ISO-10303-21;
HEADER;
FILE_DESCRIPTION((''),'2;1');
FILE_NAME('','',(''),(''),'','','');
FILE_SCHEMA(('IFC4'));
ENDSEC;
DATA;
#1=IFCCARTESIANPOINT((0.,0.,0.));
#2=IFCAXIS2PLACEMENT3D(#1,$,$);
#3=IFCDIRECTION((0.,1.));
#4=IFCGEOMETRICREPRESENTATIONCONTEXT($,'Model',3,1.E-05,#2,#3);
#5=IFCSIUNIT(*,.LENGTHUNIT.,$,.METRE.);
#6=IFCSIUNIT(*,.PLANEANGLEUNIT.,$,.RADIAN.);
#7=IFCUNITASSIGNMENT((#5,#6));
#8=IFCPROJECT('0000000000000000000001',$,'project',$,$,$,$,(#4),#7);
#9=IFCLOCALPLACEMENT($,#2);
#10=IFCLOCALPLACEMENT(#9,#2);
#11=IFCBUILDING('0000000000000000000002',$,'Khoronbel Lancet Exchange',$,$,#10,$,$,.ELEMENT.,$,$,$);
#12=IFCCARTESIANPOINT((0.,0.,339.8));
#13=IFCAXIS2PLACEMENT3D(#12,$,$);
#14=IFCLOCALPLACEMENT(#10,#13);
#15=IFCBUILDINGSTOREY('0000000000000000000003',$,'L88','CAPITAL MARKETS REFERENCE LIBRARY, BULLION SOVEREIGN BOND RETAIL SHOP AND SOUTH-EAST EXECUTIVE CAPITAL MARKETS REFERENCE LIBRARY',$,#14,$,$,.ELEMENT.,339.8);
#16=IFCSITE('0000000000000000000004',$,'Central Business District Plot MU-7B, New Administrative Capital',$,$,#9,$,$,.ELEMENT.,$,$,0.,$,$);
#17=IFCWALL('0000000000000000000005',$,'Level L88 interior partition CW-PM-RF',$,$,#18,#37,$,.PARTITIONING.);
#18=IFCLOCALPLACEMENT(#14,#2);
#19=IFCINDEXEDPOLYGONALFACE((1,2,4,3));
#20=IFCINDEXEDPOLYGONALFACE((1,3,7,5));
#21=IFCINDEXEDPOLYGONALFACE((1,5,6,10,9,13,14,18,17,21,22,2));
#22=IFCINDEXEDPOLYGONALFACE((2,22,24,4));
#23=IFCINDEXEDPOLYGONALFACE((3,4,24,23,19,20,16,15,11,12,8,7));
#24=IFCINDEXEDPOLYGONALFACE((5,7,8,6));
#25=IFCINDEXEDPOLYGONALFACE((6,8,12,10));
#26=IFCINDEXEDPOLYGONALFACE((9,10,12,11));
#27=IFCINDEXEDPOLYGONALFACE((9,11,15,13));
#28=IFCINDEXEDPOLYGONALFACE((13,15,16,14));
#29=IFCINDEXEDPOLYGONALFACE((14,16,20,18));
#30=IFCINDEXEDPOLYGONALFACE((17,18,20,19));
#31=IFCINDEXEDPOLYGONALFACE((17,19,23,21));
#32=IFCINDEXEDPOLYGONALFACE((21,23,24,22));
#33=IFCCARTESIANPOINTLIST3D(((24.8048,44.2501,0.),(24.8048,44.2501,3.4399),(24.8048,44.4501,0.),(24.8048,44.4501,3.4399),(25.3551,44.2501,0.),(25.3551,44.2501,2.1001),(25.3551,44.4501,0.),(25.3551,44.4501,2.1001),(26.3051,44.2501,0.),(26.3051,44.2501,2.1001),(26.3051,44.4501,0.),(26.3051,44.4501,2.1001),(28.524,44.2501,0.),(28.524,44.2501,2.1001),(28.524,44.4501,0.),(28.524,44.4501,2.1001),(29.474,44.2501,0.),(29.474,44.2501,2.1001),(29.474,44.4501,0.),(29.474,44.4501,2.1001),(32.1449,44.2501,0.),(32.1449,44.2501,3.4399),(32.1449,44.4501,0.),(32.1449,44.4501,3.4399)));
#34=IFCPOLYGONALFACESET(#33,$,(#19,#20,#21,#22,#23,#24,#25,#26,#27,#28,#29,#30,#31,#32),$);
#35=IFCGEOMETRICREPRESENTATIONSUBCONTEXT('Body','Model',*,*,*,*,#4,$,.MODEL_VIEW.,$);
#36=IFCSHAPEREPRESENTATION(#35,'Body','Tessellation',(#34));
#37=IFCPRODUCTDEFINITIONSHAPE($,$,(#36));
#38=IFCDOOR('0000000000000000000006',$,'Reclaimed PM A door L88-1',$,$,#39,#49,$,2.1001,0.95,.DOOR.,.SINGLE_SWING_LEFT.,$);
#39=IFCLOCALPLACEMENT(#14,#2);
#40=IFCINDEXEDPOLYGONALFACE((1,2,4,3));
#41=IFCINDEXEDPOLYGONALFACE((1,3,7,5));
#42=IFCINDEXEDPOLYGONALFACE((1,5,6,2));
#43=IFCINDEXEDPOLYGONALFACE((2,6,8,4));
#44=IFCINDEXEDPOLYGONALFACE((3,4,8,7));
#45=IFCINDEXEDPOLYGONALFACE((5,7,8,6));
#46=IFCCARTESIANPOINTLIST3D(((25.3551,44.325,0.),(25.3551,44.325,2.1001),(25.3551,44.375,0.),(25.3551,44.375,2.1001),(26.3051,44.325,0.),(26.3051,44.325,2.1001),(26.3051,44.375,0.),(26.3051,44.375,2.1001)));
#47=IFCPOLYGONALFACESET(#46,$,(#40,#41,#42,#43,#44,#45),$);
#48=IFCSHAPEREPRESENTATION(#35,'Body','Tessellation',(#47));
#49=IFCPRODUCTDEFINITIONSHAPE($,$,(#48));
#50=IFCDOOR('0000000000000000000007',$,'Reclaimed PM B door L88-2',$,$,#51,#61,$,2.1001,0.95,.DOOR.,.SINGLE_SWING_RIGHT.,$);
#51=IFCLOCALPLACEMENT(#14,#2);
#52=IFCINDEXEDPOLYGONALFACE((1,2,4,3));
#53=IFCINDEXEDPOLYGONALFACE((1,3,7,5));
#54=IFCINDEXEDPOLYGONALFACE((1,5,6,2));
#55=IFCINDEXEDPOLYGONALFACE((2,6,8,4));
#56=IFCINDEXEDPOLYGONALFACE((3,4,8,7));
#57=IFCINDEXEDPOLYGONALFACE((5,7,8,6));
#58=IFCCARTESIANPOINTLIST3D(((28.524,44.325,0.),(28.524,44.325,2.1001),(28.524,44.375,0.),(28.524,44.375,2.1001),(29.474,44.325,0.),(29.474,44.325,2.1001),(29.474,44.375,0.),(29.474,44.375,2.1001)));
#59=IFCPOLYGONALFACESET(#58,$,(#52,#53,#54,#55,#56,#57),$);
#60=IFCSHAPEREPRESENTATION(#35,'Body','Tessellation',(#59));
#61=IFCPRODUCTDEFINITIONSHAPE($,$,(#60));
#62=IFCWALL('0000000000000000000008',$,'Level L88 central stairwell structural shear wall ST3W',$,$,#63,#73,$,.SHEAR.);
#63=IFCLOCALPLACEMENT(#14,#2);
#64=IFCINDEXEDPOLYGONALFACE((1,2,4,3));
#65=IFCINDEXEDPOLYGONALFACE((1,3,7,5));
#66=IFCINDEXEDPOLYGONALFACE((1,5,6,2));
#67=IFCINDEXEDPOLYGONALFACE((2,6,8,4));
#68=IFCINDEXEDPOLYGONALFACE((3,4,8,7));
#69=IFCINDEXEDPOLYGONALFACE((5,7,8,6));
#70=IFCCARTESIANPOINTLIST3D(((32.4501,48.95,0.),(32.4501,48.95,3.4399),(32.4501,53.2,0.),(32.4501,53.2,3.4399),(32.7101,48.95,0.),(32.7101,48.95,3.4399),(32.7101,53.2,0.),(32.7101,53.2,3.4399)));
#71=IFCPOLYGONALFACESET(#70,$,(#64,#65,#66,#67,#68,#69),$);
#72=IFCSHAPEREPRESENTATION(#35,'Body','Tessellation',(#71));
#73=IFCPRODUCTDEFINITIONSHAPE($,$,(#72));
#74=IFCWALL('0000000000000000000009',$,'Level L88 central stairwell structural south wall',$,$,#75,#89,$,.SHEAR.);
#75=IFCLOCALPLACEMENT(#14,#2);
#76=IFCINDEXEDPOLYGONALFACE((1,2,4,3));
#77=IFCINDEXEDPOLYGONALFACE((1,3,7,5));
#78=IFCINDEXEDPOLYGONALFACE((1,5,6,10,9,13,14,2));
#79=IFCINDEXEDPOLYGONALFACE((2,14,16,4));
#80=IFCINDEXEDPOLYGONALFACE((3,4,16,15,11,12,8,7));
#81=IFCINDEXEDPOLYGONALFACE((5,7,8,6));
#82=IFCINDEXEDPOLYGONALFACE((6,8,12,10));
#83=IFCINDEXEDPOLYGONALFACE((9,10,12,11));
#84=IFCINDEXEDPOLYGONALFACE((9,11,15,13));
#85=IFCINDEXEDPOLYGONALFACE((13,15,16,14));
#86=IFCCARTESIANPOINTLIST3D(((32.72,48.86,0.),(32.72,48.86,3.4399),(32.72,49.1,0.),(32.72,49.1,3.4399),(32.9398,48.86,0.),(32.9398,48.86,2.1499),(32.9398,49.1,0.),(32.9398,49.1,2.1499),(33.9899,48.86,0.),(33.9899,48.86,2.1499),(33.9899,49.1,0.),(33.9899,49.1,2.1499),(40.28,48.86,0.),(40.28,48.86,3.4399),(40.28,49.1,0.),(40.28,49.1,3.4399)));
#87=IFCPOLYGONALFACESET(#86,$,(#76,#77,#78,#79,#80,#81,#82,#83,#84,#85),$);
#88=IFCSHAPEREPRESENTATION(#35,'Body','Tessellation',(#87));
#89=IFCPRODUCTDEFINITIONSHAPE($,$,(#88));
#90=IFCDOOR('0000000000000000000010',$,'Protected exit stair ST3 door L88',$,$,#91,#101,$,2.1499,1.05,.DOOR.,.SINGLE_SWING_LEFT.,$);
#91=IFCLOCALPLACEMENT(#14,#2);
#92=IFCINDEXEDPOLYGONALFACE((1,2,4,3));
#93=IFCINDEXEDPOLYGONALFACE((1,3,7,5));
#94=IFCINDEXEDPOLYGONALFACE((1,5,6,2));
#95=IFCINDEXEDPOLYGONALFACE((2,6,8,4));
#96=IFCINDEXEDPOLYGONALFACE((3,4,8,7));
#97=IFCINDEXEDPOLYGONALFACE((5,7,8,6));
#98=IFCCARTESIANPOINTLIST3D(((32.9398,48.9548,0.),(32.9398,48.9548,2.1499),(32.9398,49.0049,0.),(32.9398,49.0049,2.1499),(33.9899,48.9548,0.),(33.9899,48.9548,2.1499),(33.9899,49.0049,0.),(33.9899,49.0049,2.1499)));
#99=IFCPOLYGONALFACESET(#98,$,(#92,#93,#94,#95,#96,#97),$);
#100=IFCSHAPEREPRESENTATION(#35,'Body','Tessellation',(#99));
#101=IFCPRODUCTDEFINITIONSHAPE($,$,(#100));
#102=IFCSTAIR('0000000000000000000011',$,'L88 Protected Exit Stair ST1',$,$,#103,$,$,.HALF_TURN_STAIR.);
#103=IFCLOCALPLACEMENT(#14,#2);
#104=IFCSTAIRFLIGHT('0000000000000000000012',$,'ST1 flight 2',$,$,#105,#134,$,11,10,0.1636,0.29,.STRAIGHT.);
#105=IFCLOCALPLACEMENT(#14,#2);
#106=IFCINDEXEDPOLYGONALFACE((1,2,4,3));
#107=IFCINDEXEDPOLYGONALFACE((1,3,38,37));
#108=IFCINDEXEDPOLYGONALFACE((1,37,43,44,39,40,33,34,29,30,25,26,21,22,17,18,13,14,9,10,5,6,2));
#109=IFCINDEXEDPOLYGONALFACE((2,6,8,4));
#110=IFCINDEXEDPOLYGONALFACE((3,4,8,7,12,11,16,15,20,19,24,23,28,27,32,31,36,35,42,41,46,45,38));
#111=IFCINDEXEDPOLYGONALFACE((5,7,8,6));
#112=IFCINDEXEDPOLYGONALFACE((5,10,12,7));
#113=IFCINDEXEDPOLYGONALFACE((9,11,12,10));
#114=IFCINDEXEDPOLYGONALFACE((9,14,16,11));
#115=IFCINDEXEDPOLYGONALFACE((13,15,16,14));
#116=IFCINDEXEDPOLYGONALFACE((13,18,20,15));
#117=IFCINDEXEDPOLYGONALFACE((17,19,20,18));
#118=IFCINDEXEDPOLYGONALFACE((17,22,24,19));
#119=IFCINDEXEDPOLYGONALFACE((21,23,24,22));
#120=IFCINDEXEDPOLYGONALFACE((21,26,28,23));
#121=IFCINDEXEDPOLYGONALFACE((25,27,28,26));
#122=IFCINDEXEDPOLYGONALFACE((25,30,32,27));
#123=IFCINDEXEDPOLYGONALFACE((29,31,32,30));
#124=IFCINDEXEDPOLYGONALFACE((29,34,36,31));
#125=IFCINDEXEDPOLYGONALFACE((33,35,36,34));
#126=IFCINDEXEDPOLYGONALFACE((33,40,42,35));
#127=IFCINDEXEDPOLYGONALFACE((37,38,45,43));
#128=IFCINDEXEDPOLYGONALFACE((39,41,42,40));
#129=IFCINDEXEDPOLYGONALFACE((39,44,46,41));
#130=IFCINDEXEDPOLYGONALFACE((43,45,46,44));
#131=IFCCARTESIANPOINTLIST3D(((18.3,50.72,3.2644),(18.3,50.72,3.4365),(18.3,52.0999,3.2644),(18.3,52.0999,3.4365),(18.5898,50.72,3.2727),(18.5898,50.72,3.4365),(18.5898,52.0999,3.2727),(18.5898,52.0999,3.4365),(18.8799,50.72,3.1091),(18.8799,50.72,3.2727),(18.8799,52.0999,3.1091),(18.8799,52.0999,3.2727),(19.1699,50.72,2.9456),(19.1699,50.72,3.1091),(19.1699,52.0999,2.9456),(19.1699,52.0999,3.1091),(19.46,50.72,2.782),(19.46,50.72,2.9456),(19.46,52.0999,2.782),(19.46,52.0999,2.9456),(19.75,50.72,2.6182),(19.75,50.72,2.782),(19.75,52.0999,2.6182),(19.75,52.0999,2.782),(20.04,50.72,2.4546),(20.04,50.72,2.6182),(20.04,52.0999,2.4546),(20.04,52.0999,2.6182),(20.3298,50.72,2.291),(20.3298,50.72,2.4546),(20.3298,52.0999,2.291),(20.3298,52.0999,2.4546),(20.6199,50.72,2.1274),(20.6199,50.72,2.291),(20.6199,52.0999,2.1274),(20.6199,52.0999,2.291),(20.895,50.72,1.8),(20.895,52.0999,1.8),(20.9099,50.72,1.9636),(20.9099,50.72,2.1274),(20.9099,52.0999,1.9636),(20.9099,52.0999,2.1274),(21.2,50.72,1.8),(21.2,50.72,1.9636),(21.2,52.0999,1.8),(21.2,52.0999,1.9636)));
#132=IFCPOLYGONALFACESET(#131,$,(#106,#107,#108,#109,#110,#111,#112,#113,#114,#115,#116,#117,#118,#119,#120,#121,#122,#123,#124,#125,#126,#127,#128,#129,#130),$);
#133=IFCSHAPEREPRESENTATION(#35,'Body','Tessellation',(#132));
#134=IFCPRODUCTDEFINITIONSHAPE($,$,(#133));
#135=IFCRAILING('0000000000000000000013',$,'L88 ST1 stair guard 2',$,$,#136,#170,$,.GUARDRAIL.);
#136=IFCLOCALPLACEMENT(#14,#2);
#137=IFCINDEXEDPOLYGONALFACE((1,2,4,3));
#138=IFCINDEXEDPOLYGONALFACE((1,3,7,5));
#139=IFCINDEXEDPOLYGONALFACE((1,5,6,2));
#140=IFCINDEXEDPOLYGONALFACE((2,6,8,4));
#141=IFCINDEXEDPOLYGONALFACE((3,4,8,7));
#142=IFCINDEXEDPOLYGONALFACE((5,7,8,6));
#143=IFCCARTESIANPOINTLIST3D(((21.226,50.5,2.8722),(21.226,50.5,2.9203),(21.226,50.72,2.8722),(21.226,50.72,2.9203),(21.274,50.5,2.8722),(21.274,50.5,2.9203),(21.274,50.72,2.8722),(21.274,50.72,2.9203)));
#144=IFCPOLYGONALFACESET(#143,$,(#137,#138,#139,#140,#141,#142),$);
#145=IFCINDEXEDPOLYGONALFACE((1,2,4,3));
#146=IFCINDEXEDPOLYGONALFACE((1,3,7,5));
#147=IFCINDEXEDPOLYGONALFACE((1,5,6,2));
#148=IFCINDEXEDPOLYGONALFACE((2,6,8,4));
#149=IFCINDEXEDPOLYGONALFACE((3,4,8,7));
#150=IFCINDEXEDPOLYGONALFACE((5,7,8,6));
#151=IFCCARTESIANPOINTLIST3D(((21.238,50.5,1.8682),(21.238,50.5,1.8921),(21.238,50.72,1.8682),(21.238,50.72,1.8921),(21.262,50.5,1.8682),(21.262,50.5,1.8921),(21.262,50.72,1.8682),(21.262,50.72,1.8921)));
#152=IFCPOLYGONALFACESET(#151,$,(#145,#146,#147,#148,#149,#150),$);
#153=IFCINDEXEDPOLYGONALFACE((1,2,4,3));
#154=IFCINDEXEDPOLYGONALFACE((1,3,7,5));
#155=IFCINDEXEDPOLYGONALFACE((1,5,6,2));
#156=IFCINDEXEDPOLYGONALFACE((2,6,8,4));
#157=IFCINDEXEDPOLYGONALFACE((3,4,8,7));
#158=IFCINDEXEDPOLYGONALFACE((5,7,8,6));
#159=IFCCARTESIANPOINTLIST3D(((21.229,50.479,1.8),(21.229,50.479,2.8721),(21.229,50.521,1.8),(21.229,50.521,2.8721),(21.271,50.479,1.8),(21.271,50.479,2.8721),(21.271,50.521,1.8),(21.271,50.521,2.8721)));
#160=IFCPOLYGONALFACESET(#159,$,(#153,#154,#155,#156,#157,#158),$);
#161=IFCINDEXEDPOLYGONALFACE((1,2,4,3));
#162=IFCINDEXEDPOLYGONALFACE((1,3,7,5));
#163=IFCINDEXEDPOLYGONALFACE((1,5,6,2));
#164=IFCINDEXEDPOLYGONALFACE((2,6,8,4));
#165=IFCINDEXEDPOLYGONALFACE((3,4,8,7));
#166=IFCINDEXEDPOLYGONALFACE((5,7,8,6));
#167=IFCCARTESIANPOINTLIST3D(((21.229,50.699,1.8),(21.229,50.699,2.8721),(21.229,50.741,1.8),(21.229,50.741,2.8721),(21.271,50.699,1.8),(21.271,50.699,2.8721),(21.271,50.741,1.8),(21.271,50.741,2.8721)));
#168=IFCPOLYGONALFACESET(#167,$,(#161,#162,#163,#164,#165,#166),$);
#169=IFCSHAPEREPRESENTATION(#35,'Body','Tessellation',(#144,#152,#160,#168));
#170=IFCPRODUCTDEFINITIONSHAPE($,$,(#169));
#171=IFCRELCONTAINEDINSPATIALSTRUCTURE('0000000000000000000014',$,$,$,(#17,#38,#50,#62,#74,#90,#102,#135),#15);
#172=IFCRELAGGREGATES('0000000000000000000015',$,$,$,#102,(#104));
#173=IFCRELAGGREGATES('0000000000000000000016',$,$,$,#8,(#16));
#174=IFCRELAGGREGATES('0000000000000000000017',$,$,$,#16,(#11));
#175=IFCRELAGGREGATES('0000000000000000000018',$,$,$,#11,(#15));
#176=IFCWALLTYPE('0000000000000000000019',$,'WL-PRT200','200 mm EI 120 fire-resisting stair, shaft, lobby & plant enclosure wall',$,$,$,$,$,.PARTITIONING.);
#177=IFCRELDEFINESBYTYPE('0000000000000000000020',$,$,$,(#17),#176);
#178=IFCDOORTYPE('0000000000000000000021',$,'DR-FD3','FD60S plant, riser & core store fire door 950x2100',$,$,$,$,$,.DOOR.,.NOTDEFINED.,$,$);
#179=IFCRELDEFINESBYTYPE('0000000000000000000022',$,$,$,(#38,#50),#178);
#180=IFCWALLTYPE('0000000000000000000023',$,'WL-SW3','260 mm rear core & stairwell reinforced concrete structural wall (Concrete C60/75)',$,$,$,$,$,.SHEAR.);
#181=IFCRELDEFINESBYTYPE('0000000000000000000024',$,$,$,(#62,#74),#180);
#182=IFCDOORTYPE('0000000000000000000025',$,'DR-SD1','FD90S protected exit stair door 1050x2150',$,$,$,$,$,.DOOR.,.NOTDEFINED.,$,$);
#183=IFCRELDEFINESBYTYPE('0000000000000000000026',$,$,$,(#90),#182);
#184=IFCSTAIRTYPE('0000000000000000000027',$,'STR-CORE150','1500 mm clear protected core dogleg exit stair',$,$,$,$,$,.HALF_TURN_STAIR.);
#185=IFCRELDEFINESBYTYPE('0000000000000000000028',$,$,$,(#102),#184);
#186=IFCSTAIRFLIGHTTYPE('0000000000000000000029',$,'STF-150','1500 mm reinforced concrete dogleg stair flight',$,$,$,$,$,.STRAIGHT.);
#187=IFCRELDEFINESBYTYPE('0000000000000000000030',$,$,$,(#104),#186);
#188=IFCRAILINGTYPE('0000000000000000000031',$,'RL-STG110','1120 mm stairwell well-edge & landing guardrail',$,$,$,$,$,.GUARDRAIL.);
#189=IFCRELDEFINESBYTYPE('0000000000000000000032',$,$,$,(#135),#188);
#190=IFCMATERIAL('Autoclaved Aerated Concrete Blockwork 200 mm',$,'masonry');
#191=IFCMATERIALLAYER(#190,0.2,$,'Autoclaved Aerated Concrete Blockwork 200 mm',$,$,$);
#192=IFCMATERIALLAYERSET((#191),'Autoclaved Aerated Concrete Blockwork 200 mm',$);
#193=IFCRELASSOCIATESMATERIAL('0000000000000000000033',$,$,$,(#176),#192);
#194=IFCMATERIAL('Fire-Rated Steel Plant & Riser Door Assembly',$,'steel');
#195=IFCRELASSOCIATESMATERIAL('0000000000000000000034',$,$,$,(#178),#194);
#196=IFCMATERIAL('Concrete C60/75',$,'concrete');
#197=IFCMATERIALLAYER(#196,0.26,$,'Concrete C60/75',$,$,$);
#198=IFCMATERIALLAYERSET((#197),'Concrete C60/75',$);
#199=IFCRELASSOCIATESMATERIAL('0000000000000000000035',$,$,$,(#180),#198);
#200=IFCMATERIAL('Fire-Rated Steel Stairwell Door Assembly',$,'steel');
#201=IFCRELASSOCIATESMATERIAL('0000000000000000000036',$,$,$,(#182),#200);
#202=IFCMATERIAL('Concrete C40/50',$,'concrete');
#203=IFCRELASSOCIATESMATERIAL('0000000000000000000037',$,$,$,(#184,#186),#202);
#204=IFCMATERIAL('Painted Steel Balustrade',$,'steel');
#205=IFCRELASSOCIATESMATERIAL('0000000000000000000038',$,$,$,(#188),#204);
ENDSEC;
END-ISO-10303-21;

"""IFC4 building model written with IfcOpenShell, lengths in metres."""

from ifc_helpers import new_model, si_unit, direction, frame, frame_2d, origin, origin_2d, place, context, subcontext, project, spatial, polyline, rectangle, outline, extrude, material, layer, layer_set, type_object, element, fill, aggregate, save


model = new_model("IFC4")

# Units and contexts
model_context = context("Model", 3, precision=1e-05, world=origin(), true_north=direction((0.0, 1.0)))
body_context = subcontext(model_context, "Body", "Model", "MODEL_VIEW")
ifc_project = project(units=[si_unit("LENGTHUNIT", "METRE"), si_unit("PLANEANGLEUNIT", "RADIAN")], contexts=[model_context])

# Site, building, storey
site_placement = place(None, origin())
site = spatial("IfcSite", under=ifc_project, at=site_placement, Name="Central Business District Plot MU-7B, New Administrative Capital", CompositionType="ELEMENT", RefElevation=0.0)
building_placement = place(site_placement, origin())
building = spatial("IfcBuilding", under=site, at=building_placement, Name="Khoronbel Lancet Exchange", CompositionType="ELEMENT")
storey_placement = place(building_placement, frame((0.0, 0.0, 339.8)))
storey = spatial("IfcBuildingStorey", under=building, at=storey_placement, Name="L88", Description="CAPITAL MARKETS REFERENCE LIBRARY, BULLION SOVEREIGN BOND RETAIL SHOP AND SOUTH-EAST EXECUTIVE CAPITAL MARKETS REFERENCE LIBRARY", CompositionType="ELEMENT", Elevation=339.8)

# Shared definitions
ifc_material_1 = material(Name="Autoclaved Aerated Concrete Blockwork 200 mm", Category="masonry")
ifc_layer_1 = layer(ifc_material_1, 0.2, Name="Autoclaved Aerated Concrete Blockwork 200 mm")
ifc_layer_set_1 = layer_set([ifc_layer_1], Name="Autoclaved Aerated Concrete Blockwork 200 mm")
wall_type_1 = type_object("IfcWallType", Name="WL-PRT200", Description="200 mm EI 120 fire-resisting stair, shaft, lobby & plant enclosure wall", PredefinedType="PARTITIONING", material=ifc_layer_set_1)

# Wall, openings, doors
ifc_material_2 = material(Name="Fire-Rated Steel Plant & Riser Door Assembly", Category="steel")
door_type_1 = type_object("IfcDoorType", Name="DR-FD3", Description="FD60S plant, riser & core store fire door 950x2100", OperationType="NOTDEFINED", PredefinedType="DOOR", material=ifc_material_2)
wall_1_placement = place(storey_placement, frame((24.8049, 44.3501, 0.0), z_axis=(0.0, 0.0, 1.0), x_axis=(1.0, 0.0, 0.0)))
wall_1 = element("IfcWall", 1, at=wall_1_placement, inside=storey, type_object=wall_type_1, Name="Level L88 interior partition CW-PM-RF", PredefinedType="PARTITIONING", context=body_context, shape_type="SweptSolid", body=[
    extrude(rectangle(XDim=7.3401, YDim=0.2, at=frame_2d((3.6699, 0.0))), origin(), (0.0, 0.0, 1.0), 3.4399),
])
opening_1_placement = place(wall_1_placement, frame((0.55, 0.0, 0.0)))
opening_1 = element("IfcOpeningElement", 2, at=opening_1_placement, cuts=wall_1, PredefinedType="OPENING", context=body_context, shape_type="SweptSolid", body=[
    extrude(rectangle(XDim=0.95, YDim=2.1001, at=frame_2d((0.4751, 1.05))), frame((0.0, 0.1099, 0.0), z_axis=(0.0, -1.0, 0.0), x_axis=(1.0, 0.0, 0.0)), (0.0, 0.0, 1.0), 0.22),
])
opening_2_placement = place(wall_1_placement, frame((3.719, 0.0, 0.0)))
opening_2 = element("IfcOpeningElement", 3, at=opening_2_placement, cuts=wall_1, PredefinedType="OPENING", context=body_context, shape_type="SweptSolid", body=[
    extrude(rectangle(XDim=0.95, YDim=2.1001, at=frame_2d((0.4751, 1.05))), frame((0.0, 0.1099, 0.0), z_axis=(0.0, -1.0, 0.0), x_axis=(1.0, 0.0, 0.0)), (0.0, 0.0, 1.0), 0.22),
])
door_1_placement = place(opening_1_placement, origin())
door_1 = element("IfcDoor", 4, at=door_1_placement, inside=storey, type_object=door_type_1, Name="Reclaimed PM A door L88-1", OperationType="SINGLE_SWING_LEFT", OverallHeight=2.1001, OverallWidth=0.95, PredefinedType="DOOR", context=body_context, shape_type="SweptSolid", body=[
    extrude(rectangle(XDim=0.95, YDim=2.1001, at=frame_2d((0.4751, 1.05))), frame((0.0, 0.0249, 0.0), z_axis=(0.0, -1.0, 0.0), x_axis=(1.0, 0.0, 0.0)), (0.0, 0.0, 1.0), 0.05),
])
fill(opening_1, door_1)
door_2_placement = place(opening_2_placement, origin())
door_2 = element("IfcDoor", 5, at=door_2_placement, inside=storey, type_object=door_type_1, Name="Reclaimed PM B door L88-2", OperationType="SINGLE_SWING_RIGHT", OverallHeight=2.1001, OverallWidth=0.95, PredefinedType="DOOR", context=body_context, shape_type="SweptSolid", body=[
    extrude(rectangle(XDim=0.95, YDim=2.1001, at=frame_2d((0.4751, 1.05))), frame((0.0, 0.0249, 0.0), z_axis=(0.0, -1.0, 0.0), x_axis=(1.0, 0.0, 0.0)), (0.0, 0.0, 1.0), 0.05),
])
fill(opening_2, door_2)

# Wall
ifc_material_3 = material(Name="Concrete C60/75", Category="concrete")
ifc_layer_2 = layer(ifc_material_3, 0.26, Name="Concrete C60/75")
ifc_layer_set_2 = layer_set([ifc_layer_2], Name="Concrete C60/75")
wall_type_2 = type_object("IfcWallType", Name="WL-SW3", Description="260 mm rear core & stairwell reinforced concrete structural wall (Concrete C60/75)", PredefinedType="SHEAR", material=ifc_layer_set_2)
wall_2_placement = place(storey_placement, frame((32.5801, 48.95, 0.0), z_axis=(0.0, 0.0, 1.0), x_axis=(0.0, 1.0, 0.0)))
element("IfcWall", 6, at=wall_2_placement, inside=storey, type_object=wall_type_2, Name="Level L88 central stairwell structural shear wall ST3W", PredefinedType="SHEAR", context=body_context, shape_type="SweptSolid", body=[
    extrude(rectangle(XDim=4.25, YDim=0.26, at=frame_2d((2.125, 0.0))), origin(), (0.0, 0.0, 1.0), 3.4399),
])

# Wall, opening, door
wall_3_placement = place(storey_placement, frame((32.72, 48.98, 0.0), z_axis=(0.0, 0.0, 1.0), x_axis=(1.0, 0.0, 0.0)))
wall_3 = element("IfcWall", 7, at=wall_3_placement, inside=storey, type_object=wall_type_2, Name="Level L88 central stairwell structural south wall", PredefinedType="SHEAR", context=body_context, shape_type="SweptSolid", body=[
    extrude(rectangle(XDim=7.5601, YDim=0.24, at=frame_2d((3.78, 0.0))), origin(), (0.0, 0.0, 1.0), 3.4399),
])
opening_3_placement = place(wall_3_placement, frame((0.22, 0.0, 0.0)))
opening_3 = element("IfcOpeningElement", 8, at=opening_3_placement, cuts=wall_3, PredefinedType="OPENING", context=body_context, shape_type="SweptSolid", body=[
    extrude(rectangle(XDim=1.05, YDim=2.1499, at=frame_2d((0.5249, 1.075))), frame((0.0, 0.1299, 0.0), z_axis=(0.0, -1.0, 0.0), x_axis=(1.0, 0.0, 0.0)), (0.0, 0.0, 1.0), 0.26),
])
ifc_material_4 = material(Name="Fire-Rated Steel Stairwell Door Assembly", Category="steel")
door_type_2 = type_object("IfcDoorType", Name="DR-SD1", Description="FD90S protected exit stair door 1050x2150", OperationType="NOTDEFINED", PredefinedType="DOOR", material=ifc_material_4)
door_3_placement = place(opening_3_placement, origin())
door_3 = element("IfcDoor", 9, at=door_3_placement, inside=storey, type_object=door_type_2, Name="Protected exit stair ST3 door L88", OperationType="SINGLE_SWING_LEFT", OverallHeight=2.1499, OverallWidth=1.05, PredefinedType="DOOR", context=body_context, shape_type="SweptSolid", body=[
    extrude(rectangle(XDim=1.05, YDim=2.1499, at=frame_2d((0.5249, 1.075))), frame((0.0, 0.0249, 0.0), z_axis=(0.0, -1.0, 0.0), x_axis=(1.0, 0.0, 0.0)), (0.0, 0.0, 1.0), 0.05),
])
fill(opening_3, door_3)

# Stair, stair flight
ifc_material_5 = material(Name="Concrete C40/50", Category="concrete")
stair_type = type_object("IfcStairType", Name="STR-CORE150", Description="1500 mm clear protected core dogleg exit stair", PredefinedType="HALF_TURN_STAIR", material=ifc_material_5)
stair_placement = place(storey_placement, origin())
stair = element("IfcStair", 10, at=stair_placement, inside=storey, type_object=stair_type, Name="L88 Protected Exit Stair ST1", PredefinedType="HALF_TURN_STAIR")
stair_flight_type = type_object("IfcStairFlightType", Name="STF-150", Description="1500 mm reinforced concrete dogleg stair flight", PredefinedType="STRAIGHT", material=ifc_material_5)
stair_flight_placement = place(storey_placement, frame((21.2, 51.4099, 1.8), z_axis=(0.0, 0.0, 1.0), x_axis=(-1.0, 0.0, 0.0)))
stair_flight = element("IfcStairFlight", 11, at=stair_flight_placement, type_object=stair_flight_type, Name="ST1 flight 2", NumberOfRisers=11, NumberOfTreads=10, PredefinedType="STRAIGHT", RiserHeight=0.1636, TreadLength=0.29, context=body_context, shape_type="SweptSolid", body=[
    extrude(outline(polyline([(0.0, 0.0), (0.0, 0.1636), (0.29, 0.1636), (0.29, 0.3274), (0.5801, 0.3274), (0.5801, 0.491), (0.8701, 0.491), (0.8701, 0.6545), (1.1599, 0.6545), (1.1599, 0.8181), (1.45, 0.8181), (1.45, 0.9819), (1.74, 0.9819), (1.74, 1.1455), (2.03, 1.1455), (2.03, 1.3091), (2.3201, 1.3091), (2.3201, 1.4727), (2.6101, 1.4727), (2.6101, 1.6365), (2.8999, 1.6365), (2.8999, 1.8), (2.8999, 1.4644), (0.3049, 0.0), (0.0, 0.0)])), frame((0.0, 0.6899, 0.0), z_axis=(0.0, -1.0, 0.0), x_axis=(1.0, 0.0, 0.0)), (0.0, 0.0, 1.0), 1.3799),
])
aggregate(stair, [stair_flight])

# Railing
ifc_material_6 = material(Name="Painted Steel Balustrade", Category="steel")
railing_type_1 = type_object("IfcRailingType", Name="RL-STG110", Description="1120 mm stairwell well-edge & landing guardrail", PredefinedType="GUARDRAIL", material=ifc_material_6)
railing_1_placement = place(storey_placement, frame((21.25, 50.5, 1.8)))
element("IfcRailing", 12, at=railing_1_placement, inside=storey, type_object=railing_type_1, Name="L88 ST1 stair guard 2", PredefinedType="GUARDRAIL", context=body_context, shape_type="SweptSolid", body=[
    extrude(rectangle(XDim=0.0481, YDim=0.0481, at=origin_2d()), frame((0.0, 0.0, 1.0962), z_axis=(0.0, 1.0, 0.0), x_axis=(-1.0, 0.0, 0.0)), (0.0, 0.0, 1.0), 0.22),
    extrude(rectangle(XDim=0.0239, YDim=0.0239, at=origin_2d()), frame((0.0, 0.0, 0.0801), z_axis=(0.0, 1.0, 0.0), x_axis=(-1.0, 0.0, 0.0)), (0.0, 0.0, 1.0), 0.22),
    extrude(rectangle(XDim=0.042, YDim=0.042, at=origin_2d()), origin(), (0.0, 0.0, 1.0), 1.072),
    extrude(rectangle(XDim=0.042, YDim=0.042, at=origin_2d()), frame((0.0, 0.22, 0.0)), (0.0, 0.0, 1.0), 1.072),
])

save(model, "model.ifc")
